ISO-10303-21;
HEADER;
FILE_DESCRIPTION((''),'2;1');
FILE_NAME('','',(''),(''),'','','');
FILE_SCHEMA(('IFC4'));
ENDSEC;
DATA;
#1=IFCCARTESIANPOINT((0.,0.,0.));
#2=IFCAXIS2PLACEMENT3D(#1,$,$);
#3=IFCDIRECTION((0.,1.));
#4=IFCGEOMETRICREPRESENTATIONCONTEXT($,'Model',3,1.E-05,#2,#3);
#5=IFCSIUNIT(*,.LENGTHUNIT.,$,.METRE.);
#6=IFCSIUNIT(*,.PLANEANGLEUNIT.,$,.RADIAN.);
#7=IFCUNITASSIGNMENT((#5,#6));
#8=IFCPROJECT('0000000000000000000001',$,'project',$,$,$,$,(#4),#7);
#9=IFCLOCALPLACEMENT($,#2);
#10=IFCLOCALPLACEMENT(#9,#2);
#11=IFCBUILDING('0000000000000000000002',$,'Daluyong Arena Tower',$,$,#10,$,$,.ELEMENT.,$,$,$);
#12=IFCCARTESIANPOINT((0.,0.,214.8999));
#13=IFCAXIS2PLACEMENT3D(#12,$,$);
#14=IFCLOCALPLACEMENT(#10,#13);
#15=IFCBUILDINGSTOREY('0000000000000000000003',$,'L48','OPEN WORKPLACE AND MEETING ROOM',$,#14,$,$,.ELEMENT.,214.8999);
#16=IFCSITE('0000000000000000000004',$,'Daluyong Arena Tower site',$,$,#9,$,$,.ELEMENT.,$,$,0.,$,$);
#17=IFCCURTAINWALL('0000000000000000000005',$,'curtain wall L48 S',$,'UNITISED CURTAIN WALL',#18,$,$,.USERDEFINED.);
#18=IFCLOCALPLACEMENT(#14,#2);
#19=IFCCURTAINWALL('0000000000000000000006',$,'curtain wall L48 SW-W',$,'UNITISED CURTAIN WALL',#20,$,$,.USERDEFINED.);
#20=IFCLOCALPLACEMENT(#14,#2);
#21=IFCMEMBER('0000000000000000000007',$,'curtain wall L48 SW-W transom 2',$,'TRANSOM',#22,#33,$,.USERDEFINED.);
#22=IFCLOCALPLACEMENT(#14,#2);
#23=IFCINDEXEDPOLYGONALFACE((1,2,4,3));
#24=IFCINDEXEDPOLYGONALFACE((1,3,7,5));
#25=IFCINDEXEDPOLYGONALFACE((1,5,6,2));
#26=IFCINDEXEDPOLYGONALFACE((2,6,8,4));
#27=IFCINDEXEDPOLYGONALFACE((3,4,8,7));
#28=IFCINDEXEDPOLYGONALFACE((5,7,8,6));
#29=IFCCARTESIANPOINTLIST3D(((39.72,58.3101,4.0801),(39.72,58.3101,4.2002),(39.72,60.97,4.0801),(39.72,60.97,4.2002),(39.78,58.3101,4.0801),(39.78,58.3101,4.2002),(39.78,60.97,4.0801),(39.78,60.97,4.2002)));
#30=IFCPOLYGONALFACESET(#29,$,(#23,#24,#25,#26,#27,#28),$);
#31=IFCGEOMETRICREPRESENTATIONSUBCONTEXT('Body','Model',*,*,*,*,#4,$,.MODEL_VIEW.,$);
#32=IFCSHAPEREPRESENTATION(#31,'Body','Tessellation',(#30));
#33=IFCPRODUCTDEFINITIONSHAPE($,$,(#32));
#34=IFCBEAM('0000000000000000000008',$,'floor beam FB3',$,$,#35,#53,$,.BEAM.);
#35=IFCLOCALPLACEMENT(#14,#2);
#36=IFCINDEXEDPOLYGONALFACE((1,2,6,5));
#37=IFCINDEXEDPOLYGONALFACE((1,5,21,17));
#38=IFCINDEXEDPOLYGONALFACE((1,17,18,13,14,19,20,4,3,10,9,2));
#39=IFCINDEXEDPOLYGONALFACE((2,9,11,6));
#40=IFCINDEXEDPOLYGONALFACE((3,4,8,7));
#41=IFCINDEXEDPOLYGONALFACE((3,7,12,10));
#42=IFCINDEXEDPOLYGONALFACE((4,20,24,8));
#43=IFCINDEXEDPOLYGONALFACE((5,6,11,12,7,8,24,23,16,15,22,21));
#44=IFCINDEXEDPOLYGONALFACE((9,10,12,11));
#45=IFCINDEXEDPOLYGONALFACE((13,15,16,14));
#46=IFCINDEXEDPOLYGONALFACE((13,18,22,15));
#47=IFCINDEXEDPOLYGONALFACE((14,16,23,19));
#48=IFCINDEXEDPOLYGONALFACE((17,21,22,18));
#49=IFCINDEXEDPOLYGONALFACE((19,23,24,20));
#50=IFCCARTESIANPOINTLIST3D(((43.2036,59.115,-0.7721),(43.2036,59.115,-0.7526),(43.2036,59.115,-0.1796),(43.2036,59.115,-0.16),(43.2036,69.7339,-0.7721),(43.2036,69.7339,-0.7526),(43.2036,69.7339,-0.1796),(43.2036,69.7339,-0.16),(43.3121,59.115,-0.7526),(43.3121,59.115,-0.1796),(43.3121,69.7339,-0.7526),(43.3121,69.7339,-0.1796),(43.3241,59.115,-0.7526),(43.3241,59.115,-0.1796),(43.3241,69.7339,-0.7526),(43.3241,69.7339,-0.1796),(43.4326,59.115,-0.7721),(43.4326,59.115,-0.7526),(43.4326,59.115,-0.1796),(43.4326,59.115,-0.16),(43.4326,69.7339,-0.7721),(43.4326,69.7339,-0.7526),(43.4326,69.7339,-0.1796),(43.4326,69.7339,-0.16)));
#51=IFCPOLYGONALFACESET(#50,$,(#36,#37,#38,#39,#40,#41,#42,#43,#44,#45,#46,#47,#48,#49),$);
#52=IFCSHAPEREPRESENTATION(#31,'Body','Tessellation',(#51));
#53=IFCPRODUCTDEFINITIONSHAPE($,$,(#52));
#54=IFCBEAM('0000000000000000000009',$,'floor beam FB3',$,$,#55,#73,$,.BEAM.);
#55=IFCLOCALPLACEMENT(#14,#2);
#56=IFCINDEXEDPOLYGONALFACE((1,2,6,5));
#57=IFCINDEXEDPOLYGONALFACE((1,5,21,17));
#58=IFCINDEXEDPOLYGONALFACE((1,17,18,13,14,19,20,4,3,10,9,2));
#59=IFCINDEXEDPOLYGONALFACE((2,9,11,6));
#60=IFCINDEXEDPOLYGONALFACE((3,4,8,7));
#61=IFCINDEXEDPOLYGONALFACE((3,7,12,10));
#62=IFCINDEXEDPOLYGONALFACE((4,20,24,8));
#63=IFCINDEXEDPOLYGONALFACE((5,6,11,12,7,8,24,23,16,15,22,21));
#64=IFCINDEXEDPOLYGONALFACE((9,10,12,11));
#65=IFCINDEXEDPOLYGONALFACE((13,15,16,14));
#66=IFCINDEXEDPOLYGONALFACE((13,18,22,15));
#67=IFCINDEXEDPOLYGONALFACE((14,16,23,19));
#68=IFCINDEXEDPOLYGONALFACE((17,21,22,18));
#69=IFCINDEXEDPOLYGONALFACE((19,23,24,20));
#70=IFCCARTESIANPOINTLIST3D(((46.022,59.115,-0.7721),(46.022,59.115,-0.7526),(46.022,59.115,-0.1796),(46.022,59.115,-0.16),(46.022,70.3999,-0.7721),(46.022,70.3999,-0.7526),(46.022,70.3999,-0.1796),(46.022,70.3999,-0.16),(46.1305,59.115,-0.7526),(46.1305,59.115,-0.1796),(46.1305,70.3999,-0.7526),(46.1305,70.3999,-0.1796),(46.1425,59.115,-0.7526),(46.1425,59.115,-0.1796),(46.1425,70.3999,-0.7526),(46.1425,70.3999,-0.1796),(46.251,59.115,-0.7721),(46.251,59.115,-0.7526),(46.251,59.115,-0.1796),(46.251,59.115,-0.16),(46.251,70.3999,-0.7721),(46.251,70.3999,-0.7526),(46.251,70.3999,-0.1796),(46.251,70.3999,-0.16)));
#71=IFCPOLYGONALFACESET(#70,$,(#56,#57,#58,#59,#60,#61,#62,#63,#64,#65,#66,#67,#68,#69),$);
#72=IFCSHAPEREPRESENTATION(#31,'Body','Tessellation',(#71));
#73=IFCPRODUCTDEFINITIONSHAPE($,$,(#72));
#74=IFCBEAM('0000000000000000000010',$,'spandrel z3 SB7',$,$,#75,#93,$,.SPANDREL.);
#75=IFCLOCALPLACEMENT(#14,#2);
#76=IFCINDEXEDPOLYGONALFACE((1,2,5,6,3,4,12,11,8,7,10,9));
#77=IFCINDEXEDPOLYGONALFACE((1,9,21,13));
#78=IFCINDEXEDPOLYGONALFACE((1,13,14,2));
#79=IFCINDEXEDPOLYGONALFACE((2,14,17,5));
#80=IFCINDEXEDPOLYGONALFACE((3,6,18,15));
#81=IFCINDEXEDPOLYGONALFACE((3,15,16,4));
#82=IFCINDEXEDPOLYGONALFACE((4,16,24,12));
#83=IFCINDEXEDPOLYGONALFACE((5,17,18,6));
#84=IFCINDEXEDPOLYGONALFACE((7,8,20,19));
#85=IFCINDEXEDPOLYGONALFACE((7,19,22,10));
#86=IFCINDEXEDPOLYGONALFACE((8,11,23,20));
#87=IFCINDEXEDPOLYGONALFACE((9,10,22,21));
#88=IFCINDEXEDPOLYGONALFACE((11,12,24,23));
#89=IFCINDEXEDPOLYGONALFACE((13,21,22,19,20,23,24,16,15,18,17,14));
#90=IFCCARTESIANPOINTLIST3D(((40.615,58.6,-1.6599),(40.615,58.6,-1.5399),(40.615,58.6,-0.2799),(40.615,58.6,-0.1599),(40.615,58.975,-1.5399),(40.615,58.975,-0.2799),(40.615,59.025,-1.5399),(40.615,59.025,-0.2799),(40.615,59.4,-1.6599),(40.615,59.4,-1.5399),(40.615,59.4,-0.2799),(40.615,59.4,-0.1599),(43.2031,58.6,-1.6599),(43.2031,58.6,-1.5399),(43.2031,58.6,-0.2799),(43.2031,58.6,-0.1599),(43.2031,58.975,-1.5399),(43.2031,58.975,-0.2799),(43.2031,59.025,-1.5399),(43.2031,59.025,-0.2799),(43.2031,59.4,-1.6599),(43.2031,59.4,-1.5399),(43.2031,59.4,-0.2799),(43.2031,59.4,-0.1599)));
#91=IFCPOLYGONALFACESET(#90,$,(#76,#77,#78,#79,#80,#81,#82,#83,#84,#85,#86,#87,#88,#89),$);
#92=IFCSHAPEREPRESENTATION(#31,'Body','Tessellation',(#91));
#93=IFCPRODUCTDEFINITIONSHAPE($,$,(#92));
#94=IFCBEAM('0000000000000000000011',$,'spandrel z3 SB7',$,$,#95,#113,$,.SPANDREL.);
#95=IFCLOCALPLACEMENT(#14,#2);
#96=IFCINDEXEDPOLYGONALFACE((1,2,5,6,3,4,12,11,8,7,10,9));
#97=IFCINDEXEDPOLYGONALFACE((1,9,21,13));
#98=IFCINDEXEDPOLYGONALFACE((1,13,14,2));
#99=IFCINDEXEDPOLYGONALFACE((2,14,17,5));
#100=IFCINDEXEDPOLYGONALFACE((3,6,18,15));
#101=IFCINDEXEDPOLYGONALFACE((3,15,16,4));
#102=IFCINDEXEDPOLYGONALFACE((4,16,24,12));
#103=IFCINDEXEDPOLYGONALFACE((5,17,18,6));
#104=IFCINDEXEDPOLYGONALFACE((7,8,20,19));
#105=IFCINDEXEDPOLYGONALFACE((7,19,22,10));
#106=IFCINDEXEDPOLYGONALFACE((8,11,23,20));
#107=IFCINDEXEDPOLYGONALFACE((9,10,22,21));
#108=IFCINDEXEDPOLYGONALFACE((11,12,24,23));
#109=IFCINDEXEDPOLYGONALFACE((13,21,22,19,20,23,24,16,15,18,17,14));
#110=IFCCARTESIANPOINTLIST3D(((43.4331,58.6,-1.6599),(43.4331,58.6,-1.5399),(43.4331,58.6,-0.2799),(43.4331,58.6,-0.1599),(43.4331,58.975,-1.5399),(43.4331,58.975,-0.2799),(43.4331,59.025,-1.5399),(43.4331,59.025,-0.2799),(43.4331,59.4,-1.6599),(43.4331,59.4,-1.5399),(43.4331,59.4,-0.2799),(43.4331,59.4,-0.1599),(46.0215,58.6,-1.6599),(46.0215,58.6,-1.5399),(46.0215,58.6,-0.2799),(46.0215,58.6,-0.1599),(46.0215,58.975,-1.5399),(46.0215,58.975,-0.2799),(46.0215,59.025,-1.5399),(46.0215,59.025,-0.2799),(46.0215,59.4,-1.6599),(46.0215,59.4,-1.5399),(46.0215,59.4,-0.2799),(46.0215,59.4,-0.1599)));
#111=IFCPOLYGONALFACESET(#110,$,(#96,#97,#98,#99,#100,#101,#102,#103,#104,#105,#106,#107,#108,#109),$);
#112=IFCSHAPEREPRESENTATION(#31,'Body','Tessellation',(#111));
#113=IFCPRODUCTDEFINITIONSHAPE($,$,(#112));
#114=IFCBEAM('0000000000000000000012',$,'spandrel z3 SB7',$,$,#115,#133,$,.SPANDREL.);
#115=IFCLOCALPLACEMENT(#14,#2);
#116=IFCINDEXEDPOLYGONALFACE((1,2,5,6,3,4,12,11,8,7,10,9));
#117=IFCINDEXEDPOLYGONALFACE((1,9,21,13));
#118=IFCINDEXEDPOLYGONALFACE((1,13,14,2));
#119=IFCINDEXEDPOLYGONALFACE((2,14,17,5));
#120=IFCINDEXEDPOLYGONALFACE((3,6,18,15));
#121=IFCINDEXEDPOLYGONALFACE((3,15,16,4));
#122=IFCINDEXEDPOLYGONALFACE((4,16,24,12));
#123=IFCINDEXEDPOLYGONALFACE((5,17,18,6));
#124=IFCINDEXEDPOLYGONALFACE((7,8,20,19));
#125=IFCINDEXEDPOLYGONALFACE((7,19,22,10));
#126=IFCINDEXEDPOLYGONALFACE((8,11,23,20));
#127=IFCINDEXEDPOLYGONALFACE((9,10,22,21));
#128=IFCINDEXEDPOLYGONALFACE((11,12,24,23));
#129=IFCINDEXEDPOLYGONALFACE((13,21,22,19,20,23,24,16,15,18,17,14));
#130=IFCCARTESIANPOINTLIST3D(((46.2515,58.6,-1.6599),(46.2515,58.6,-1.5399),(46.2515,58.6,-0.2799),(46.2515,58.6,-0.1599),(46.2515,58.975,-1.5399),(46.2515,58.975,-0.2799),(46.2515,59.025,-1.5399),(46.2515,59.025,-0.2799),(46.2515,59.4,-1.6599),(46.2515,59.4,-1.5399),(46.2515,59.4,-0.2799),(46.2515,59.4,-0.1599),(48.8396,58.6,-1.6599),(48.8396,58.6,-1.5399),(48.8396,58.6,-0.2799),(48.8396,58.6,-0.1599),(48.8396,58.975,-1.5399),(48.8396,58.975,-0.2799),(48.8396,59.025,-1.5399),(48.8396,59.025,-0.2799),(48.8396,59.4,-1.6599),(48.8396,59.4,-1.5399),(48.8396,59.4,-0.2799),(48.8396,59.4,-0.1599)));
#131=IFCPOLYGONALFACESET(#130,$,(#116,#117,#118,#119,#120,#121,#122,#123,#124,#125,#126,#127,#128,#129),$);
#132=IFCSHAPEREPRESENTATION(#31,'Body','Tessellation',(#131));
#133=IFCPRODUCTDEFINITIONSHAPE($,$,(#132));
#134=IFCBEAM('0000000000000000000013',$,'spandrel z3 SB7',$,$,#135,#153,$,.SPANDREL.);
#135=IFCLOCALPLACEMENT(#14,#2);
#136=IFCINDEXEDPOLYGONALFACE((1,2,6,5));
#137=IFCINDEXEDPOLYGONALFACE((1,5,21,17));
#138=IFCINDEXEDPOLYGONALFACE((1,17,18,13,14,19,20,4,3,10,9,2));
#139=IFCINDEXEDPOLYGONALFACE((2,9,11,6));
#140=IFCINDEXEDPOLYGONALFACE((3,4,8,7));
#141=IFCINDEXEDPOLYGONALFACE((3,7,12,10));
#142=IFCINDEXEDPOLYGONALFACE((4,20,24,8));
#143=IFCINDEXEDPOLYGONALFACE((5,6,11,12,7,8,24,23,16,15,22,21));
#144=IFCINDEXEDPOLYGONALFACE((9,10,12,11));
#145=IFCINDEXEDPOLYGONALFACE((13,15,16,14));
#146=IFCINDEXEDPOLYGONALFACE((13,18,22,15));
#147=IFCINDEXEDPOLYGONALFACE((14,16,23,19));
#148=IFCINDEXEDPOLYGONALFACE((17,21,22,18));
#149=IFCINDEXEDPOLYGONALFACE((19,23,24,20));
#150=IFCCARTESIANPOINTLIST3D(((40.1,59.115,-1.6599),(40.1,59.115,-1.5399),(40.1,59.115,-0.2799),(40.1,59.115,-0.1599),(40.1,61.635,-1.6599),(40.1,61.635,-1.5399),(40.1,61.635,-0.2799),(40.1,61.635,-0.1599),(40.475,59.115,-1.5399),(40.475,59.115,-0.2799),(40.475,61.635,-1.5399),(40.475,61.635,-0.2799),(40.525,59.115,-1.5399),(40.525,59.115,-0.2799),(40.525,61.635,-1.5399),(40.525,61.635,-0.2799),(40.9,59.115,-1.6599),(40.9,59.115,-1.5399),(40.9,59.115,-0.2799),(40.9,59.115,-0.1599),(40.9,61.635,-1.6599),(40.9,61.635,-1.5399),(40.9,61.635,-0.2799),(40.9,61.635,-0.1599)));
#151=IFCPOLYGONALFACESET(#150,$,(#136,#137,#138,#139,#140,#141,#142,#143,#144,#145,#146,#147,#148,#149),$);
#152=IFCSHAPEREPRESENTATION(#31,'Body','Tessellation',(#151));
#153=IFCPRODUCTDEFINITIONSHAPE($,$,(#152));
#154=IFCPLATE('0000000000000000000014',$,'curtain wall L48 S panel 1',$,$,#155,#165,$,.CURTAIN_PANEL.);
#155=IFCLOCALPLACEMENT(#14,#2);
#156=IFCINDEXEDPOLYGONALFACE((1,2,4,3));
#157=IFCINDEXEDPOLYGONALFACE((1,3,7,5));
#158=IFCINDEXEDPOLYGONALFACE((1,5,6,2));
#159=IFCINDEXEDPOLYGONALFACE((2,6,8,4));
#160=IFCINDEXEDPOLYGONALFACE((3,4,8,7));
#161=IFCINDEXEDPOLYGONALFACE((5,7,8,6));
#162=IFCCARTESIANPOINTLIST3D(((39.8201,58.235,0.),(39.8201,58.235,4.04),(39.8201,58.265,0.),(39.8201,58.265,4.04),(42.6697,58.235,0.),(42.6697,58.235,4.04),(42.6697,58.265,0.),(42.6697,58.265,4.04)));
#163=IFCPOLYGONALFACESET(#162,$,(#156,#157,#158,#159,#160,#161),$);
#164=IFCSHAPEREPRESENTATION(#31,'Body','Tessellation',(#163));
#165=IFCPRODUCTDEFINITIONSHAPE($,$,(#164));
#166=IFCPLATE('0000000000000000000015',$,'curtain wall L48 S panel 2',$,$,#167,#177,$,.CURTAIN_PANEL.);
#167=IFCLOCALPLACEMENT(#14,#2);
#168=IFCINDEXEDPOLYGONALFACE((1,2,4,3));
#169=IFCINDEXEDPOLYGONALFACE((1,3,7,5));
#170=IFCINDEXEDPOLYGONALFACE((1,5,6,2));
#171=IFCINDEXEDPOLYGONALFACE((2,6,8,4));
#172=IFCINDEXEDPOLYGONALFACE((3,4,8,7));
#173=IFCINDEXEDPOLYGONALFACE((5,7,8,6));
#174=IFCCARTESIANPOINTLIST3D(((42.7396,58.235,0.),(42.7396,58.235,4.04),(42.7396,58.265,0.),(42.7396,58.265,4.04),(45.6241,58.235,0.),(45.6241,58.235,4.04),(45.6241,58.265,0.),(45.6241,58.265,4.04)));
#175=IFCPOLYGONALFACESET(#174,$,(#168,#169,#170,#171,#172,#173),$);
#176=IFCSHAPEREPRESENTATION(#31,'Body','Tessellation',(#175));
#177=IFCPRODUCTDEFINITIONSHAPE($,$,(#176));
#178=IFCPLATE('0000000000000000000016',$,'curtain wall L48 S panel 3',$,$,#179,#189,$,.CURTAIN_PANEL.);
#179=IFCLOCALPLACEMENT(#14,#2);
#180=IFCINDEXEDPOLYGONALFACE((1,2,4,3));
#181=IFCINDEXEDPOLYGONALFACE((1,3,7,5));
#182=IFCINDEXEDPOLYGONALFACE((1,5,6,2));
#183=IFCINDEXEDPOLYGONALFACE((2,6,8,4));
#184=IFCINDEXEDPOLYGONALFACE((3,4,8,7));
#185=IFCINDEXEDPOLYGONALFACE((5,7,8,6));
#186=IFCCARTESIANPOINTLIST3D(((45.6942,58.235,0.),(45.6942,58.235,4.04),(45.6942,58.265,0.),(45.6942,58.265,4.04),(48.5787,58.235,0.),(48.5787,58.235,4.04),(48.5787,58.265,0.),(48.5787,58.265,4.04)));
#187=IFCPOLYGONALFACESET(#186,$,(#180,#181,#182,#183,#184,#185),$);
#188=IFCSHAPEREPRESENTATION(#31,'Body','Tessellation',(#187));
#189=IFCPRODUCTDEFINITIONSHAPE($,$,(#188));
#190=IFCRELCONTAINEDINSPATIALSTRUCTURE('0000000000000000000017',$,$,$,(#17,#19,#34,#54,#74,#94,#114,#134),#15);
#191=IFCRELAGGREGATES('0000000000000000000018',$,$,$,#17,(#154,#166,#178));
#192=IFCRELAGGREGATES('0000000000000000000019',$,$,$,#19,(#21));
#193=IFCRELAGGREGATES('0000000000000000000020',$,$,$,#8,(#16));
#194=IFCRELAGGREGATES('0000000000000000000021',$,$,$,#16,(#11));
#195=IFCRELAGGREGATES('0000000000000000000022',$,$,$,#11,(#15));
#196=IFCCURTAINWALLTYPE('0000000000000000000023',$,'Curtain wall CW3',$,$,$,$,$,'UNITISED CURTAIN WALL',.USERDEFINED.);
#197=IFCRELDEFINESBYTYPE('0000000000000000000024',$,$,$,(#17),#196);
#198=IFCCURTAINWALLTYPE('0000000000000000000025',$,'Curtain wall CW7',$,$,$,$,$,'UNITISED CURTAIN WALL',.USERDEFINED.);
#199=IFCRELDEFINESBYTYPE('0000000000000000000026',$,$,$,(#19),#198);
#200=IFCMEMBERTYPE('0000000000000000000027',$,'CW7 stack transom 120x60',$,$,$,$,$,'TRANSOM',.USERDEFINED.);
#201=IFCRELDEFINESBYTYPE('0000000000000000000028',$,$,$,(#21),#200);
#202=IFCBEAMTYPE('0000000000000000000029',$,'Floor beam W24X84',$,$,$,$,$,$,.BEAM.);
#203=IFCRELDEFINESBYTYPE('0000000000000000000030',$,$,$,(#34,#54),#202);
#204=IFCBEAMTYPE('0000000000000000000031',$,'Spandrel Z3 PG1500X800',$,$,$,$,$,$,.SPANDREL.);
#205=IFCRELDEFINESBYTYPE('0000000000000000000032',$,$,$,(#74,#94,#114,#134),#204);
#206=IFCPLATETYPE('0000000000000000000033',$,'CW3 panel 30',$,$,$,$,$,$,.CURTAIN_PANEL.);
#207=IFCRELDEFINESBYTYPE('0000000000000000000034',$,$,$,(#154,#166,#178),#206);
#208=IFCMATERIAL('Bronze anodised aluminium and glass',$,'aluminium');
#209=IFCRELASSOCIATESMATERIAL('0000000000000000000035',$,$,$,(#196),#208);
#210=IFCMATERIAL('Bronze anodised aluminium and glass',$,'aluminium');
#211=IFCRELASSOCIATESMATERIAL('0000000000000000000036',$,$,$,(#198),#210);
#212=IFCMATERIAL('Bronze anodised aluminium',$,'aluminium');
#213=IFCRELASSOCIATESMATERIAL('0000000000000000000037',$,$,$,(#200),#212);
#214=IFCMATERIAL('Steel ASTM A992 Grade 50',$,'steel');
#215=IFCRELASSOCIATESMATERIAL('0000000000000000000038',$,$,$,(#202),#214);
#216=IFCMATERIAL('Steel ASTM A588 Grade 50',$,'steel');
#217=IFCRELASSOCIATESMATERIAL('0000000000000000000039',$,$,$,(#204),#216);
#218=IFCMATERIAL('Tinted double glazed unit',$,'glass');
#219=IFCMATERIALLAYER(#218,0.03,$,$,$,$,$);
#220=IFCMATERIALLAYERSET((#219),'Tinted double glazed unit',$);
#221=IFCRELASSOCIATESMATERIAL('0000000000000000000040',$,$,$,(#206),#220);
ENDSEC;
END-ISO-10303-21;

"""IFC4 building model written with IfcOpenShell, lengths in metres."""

from ifc_helpers import new_model, si_unit, direction, frame, origin, origin_2d, place, context, subcontext, project, spatial, rectangle, i_section, extrude, material, layer, layer_set, material_profile, profile_set, type_object, element, aggregate, save


model = new_model("IFC4")

# Units and contexts
model_context = context("Model", 3, precision=1e-05, world=origin(), true_north=direction((0.0, 1.0)))
body_context = subcontext(model_context, "Body", "Model", "MODEL_VIEW")
ifc_project = project(units=[si_unit("LENGTHUNIT", "METRE"), si_unit("PLANEANGLEUNIT", "RADIAN")], contexts=[model_context])

# Site, building, storey
site_placement = place(None, origin())
site = spatial("IfcSite", under=ifc_project, at=site_placement, Name="Daluyong Arena Tower site", CompositionType="ELEMENT", RefElevation=0.0)
building_placement = place(site_placement, origin())
building = spatial("IfcBuilding", under=site, at=building_placement, Name="Daluyong Arena Tower", CompositionType="ELEMENT")
storey_placement = place(building_placement, frame((0.0, 0.0, 214.8999)))
storey = spatial("IfcBuildingStorey", under=building, at=storey_placement, Name="L48", Description="OPEN WORKPLACE AND MEETING ROOM", CompositionType="ELEMENT", Elevation=214.8999)

# Curtain walls, member
ifc_material_1 = material(Name="Bronze anodised aluminium and glass", Category="aluminium")
curtain_wall_type_1 = type_object("IfcCurtainWallType", Name="Curtain wall CW3", ElementType="UNITISED CURTAIN WALL", PredefinedType="USERDEFINED", material=ifc_material_1)
curtain_wall_1_placement = place(storey_placement, origin())
curtain_wall_1 = element("IfcCurtainWall", 1, at=curtain_wall_1_placement, inside=storey, type_object=curtain_wall_type_1, Name="curtain wall L48 S", ObjectType="UNITISED CURTAIN WALL", PredefinedType="USERDEFINED")
ifc_material_2 = material(Name="Bronze anodised aluminium and glass", Category="aluminium")
curtain_wall_type_2 = type_object("IfcCurtainWallType", Name="Curtain wall CW7", ElementType="UNITISED CURTAIN WALL", PredefinedType="USERDEFINED", material=ifc_material_2)
curtain_wall_2_placement = place(storey_placement, origin())
curtain_wall_2 = element("IfcCurtainWall", 2, at=curtain_wall_2_placement, inside=storey, type_object=curtain_wall_type_2, Name="curtain wall L48 SW-W", ObjectType="UNITISED CURTAIN WALL", PredefinedType="USERDEFINED")
ifc_material_3 = material(Name="Bronze anodised aluminium", Category="aluminium")
ifc_material_profile_1 = material_profile(ifc_material_3, rectangle(XDim=0.0601, YDim=0.1201, at=origin_2d()))
ifc_profile_set_1 = profile_set([ifc_material_profile_1], Name="Bronze anodised aluminium")
member_type_1 = type_object("IfcMemberType", Name="CW7 stack transom 120x60", ElementType="TRANSOM", PredefinedType="USERDEFINED", material=ifc_profile_set_1)
member_1_placement = place(storey_placement, frame((39.75, 60.97, 4.1401), z_axis=(0.0, -1.0, 0.0), x_axis=(1.0, 0.0, 0.0)))
member_1 = element("IfcMember", 3, at=member_1_placement, type_object=member_type_1, Name="curtain wall L48 SW-W transom 2", ObjectType="TRANSOM", PredefinedType="USERDEFINED", context=body_context, shape_type="SweptSolid", body=[
    extrude(rectangle(XDim=0.0601, YDim=0.1201, at=origin_2d()), origin(), (0.0, 0.0, 1.0), 2.6599),
])

# Beams
ifc_material_4 = material(Name="Steel ASTM A992 Grade 50", Category="steel")
ifc_material_profile_2 = material_profile(ifc_material_4, i_section(OverallWidth=0.229, OverallDepth=0.6121, WebThickness=0.012, FlangeThickness=0.0195, at=origin_2d()))
ifc_profile_set_2 = profile_set([ifc_material_profile_2], Name="Steel ASTM A992 Grade 50")
beam_type_1 = type_object("IfcBeamType", Name="Floor beam W24X84", PredefinedType="BEAM", material=ifc_profile_set_2)
beam_1_placement = place(storey_placement, frame((43.3181, 59.115, -0.4661), z_axis=(0.0, 1.0, 0.0), x_axis=(-1.0, 0.0, 0.0)))
element("IfcBeam", 4, at=beam_1_placement, inside=storey, type_object=beam_type_1, Name="floor beam FB3", PredefinedType="BEAM", context=body_context, shape_type="SweptSolid", body=[
    extrude(i_section(OverallWidth=0.229, OverallDepth=0.6121, WebThickness=0.012, FlangeThickness=0.0195, at=origin_2d()), origin(), (0.0, 0.0, 1.0), 10.6189),
])
beam_2_placement = place(storey_placement, frame((46.1365, 59.115, -0.4661), z_axis=(0.0, 1.0, 0.0), x_axis=(-1.0, 0.0, 0.0)))
element("IfcBeam", 5, at=beam_2_placement, inside=storey, type_object=beam_type_1, Name="floor beam FB3", PredefinedType="BEAM", context=body_context, shape_type="SweptSolid", body=[
    extrude(i_section(OverallWidth=0.229, OverallDepth=0.6121, WebThickness=0.012, FlangeThickness=0.0195, at=origin_2d()), origin(), (0.0, 0.0, 1.0), 11.2849),
])
ifc_material_5 = material(Name="Steel ASTM A588 Grade 50", Category="steel")
ifc_material_profile_3 = material_profile(ifc_material_5, i_section(OverallWidth=0.8, OverallDepth=1.5, WebThickness=0.05, FlangeThickness=0.12, at=origin_2d()))
ifc_profile_set_3 = profile_set([ifc_material_profile_3], Name="Steel ASTM A588 Grade 50")
beam_type_2 = type_object("IfcBeamType", Name="Spandrel Z3 PG1500X800", PredefinedType="SPANDREL", material=ifc_profile_set_3)
beam_3_placement = place(storey_placement, frame((40.615, 59.0, -0.9099), z_axis=(1.0, 0.0, 0.0), x_axis=(0.0, 1.0, 0.0)))
element("IfcBeam", 6, at=beam_3_placement, inside=storey, type_object=beam_type_2, Name="spandrel z3 SB7", PredefinedType="SPANDREL", context=body_context, shape_type="SweptSolid", body=[
    extrude(i_section(OverallWidth=0.8, OverallDepth=1.5, WebThickness=0.05, FlangeThickness=0.12, at=origin_2d()), origin(), (0.0, 0.0, 1.0), 2.5881),
])
beam_4_placement = place(storey_placement, frame((43.4331, 59.0, -0.9099), z_axis=(1.0, 0.0, 0.0), x_axis=(0.0, 1.0, 0.0)))
element("IfcBeam", 7, at=beam_4_placement, inside=storey, type_object=beam_type_2, Name="spandrel z3 SB7", PredefinedType="SPANDREL", context=body_context, shape_type="SweptSolid", body=[
    extrude(i_section(OverallWidth=0.8, OverallDepth=1.5, WebThickness=0.05, FlangeThickness=0.12, at=origin_2d()), origin(), (0.0, 0.0, 1.0), 2.5884),
])
beam_5_placement = place(storey_placement, frame((46.2515, 59.0, -0.9099), z_axis=(1.0, 0.0, 0.0), x_axis=(0.0, 1.0, 0.0)))
element("IfcBeam", 8, at=beam_5_placement, inside=storey, type_object=beam_type_2, Name="spandrel z3 SB7", PredefinedType="SPANDREL", context=body_context, shape_type="SweptSolid", body=[
    extrude(i_section(OverallWidth=0.8, OverallDepth=1.5, WebThickness=0.05, FlangeThickness=0.12, at=origin_2d()), origin(), (0.0, 0.0, 1.0), 2.5881),
])
beam_6_placement = place(storey_placement, frame((40.5, 61.635, -0.9099), z_axis=(0.0, -1.0, 0.0), x_axis=(1.0, 0.0, 0.0)))
element("IfcBeam", 9, at=beam_6_placement, inside=storey, type_object=beam_type_2, Name="spandrel z3 SB7", PredefinedType="SPANDREL", context=body_context, shape_type="SweptSolid", body=[
    extrude(i_section(OverallWidth=0.8, OverallDepth=1.5, WebThickness=0.05, FlangeThickness=0.12, at=origin_2d()), origin(), (0.0, 0.0, 1.0), 2.52),
])

# Plates
ifc_material_6 = material(Name="Tinted double glazed unit", Category="glass")
ifc_layer_1 = layer(ifc_material_6, 0.03)
ifc_layer_set_1 = layer_set([ifc_layer_1], Name="Tinted double glazed unit")
plate_type_1 = type_object("IfcPlateType", Name="CW3 panel 30", PredefinedType="CURTAIN_PANEL", material=ifc_layer_set_1)
plate_1_placement = place(storey_placement, frame((41.2449, 58.25, 0.0), z_axis=(0.0, 0.0, 1.0), x_axis=(1.0, 0.0, 0.0)))
plate_1 = element("IfcPlate", 10, at=plate_1_placement, type_object=plate_type_1, Name="curtain wall L48 S panel 1", PredefinedType="CURTAIN_PANEL", context=body_context, shape_type="SweptSolid", body=[
    extrude(rectangle(XDim=2.8496, YDim=0.03, at=origin_2d()), origin(), (0.0, 0.0, 1.0), 4.04),
])
plate_2_placement = place(storey_placement, frame((44.1819, 58.25, 0.0), z_axis=(0.0, 0.0, 1.0), x_axis=(1.0, 0.0, 0.0)))
plate_2 = element("IfcPlate", 11, at=plate_2_placement, type_object=plate_type_1, Name="curtain wall L48 S panel 2", PredefinedType="CURTAIN_PANEL", context=body_context, shape_type="SweptSolid", body=[
    extrude(rectangle(XDim=2.8845, YDim=0.03, at=origin_2d()), origin(), (0.0, 0.0, 1.0), 4.04),
])
plate_3_placement = place(storey_placement, frame((47.1365, 58.25, 0.0), z_axis=(0.0, 0.0, 1.0), x_axis=(1.0, 0.0, 0.0)))
plate_3 = element("IfcPlate", 12, at=plate_3_placement, type_object=plate_type_1, Name="curtain wall L48 S panel 3", PredefinedType="CURTAIN_PANEL", context=body_context, shape_type="SweptSolid", body=[
    extrude(rectangle(XDim=2.8845, YDim=0.03, at=origin_2d()), origin(), (0.0, 0.0, 1.0), 4.04),
])
aggregate(curtain_wall_1, [plate_1, plate_2, plate_3])
aggregate(curtain_wall_2, [member_1])

save(model, "model.ifc")
